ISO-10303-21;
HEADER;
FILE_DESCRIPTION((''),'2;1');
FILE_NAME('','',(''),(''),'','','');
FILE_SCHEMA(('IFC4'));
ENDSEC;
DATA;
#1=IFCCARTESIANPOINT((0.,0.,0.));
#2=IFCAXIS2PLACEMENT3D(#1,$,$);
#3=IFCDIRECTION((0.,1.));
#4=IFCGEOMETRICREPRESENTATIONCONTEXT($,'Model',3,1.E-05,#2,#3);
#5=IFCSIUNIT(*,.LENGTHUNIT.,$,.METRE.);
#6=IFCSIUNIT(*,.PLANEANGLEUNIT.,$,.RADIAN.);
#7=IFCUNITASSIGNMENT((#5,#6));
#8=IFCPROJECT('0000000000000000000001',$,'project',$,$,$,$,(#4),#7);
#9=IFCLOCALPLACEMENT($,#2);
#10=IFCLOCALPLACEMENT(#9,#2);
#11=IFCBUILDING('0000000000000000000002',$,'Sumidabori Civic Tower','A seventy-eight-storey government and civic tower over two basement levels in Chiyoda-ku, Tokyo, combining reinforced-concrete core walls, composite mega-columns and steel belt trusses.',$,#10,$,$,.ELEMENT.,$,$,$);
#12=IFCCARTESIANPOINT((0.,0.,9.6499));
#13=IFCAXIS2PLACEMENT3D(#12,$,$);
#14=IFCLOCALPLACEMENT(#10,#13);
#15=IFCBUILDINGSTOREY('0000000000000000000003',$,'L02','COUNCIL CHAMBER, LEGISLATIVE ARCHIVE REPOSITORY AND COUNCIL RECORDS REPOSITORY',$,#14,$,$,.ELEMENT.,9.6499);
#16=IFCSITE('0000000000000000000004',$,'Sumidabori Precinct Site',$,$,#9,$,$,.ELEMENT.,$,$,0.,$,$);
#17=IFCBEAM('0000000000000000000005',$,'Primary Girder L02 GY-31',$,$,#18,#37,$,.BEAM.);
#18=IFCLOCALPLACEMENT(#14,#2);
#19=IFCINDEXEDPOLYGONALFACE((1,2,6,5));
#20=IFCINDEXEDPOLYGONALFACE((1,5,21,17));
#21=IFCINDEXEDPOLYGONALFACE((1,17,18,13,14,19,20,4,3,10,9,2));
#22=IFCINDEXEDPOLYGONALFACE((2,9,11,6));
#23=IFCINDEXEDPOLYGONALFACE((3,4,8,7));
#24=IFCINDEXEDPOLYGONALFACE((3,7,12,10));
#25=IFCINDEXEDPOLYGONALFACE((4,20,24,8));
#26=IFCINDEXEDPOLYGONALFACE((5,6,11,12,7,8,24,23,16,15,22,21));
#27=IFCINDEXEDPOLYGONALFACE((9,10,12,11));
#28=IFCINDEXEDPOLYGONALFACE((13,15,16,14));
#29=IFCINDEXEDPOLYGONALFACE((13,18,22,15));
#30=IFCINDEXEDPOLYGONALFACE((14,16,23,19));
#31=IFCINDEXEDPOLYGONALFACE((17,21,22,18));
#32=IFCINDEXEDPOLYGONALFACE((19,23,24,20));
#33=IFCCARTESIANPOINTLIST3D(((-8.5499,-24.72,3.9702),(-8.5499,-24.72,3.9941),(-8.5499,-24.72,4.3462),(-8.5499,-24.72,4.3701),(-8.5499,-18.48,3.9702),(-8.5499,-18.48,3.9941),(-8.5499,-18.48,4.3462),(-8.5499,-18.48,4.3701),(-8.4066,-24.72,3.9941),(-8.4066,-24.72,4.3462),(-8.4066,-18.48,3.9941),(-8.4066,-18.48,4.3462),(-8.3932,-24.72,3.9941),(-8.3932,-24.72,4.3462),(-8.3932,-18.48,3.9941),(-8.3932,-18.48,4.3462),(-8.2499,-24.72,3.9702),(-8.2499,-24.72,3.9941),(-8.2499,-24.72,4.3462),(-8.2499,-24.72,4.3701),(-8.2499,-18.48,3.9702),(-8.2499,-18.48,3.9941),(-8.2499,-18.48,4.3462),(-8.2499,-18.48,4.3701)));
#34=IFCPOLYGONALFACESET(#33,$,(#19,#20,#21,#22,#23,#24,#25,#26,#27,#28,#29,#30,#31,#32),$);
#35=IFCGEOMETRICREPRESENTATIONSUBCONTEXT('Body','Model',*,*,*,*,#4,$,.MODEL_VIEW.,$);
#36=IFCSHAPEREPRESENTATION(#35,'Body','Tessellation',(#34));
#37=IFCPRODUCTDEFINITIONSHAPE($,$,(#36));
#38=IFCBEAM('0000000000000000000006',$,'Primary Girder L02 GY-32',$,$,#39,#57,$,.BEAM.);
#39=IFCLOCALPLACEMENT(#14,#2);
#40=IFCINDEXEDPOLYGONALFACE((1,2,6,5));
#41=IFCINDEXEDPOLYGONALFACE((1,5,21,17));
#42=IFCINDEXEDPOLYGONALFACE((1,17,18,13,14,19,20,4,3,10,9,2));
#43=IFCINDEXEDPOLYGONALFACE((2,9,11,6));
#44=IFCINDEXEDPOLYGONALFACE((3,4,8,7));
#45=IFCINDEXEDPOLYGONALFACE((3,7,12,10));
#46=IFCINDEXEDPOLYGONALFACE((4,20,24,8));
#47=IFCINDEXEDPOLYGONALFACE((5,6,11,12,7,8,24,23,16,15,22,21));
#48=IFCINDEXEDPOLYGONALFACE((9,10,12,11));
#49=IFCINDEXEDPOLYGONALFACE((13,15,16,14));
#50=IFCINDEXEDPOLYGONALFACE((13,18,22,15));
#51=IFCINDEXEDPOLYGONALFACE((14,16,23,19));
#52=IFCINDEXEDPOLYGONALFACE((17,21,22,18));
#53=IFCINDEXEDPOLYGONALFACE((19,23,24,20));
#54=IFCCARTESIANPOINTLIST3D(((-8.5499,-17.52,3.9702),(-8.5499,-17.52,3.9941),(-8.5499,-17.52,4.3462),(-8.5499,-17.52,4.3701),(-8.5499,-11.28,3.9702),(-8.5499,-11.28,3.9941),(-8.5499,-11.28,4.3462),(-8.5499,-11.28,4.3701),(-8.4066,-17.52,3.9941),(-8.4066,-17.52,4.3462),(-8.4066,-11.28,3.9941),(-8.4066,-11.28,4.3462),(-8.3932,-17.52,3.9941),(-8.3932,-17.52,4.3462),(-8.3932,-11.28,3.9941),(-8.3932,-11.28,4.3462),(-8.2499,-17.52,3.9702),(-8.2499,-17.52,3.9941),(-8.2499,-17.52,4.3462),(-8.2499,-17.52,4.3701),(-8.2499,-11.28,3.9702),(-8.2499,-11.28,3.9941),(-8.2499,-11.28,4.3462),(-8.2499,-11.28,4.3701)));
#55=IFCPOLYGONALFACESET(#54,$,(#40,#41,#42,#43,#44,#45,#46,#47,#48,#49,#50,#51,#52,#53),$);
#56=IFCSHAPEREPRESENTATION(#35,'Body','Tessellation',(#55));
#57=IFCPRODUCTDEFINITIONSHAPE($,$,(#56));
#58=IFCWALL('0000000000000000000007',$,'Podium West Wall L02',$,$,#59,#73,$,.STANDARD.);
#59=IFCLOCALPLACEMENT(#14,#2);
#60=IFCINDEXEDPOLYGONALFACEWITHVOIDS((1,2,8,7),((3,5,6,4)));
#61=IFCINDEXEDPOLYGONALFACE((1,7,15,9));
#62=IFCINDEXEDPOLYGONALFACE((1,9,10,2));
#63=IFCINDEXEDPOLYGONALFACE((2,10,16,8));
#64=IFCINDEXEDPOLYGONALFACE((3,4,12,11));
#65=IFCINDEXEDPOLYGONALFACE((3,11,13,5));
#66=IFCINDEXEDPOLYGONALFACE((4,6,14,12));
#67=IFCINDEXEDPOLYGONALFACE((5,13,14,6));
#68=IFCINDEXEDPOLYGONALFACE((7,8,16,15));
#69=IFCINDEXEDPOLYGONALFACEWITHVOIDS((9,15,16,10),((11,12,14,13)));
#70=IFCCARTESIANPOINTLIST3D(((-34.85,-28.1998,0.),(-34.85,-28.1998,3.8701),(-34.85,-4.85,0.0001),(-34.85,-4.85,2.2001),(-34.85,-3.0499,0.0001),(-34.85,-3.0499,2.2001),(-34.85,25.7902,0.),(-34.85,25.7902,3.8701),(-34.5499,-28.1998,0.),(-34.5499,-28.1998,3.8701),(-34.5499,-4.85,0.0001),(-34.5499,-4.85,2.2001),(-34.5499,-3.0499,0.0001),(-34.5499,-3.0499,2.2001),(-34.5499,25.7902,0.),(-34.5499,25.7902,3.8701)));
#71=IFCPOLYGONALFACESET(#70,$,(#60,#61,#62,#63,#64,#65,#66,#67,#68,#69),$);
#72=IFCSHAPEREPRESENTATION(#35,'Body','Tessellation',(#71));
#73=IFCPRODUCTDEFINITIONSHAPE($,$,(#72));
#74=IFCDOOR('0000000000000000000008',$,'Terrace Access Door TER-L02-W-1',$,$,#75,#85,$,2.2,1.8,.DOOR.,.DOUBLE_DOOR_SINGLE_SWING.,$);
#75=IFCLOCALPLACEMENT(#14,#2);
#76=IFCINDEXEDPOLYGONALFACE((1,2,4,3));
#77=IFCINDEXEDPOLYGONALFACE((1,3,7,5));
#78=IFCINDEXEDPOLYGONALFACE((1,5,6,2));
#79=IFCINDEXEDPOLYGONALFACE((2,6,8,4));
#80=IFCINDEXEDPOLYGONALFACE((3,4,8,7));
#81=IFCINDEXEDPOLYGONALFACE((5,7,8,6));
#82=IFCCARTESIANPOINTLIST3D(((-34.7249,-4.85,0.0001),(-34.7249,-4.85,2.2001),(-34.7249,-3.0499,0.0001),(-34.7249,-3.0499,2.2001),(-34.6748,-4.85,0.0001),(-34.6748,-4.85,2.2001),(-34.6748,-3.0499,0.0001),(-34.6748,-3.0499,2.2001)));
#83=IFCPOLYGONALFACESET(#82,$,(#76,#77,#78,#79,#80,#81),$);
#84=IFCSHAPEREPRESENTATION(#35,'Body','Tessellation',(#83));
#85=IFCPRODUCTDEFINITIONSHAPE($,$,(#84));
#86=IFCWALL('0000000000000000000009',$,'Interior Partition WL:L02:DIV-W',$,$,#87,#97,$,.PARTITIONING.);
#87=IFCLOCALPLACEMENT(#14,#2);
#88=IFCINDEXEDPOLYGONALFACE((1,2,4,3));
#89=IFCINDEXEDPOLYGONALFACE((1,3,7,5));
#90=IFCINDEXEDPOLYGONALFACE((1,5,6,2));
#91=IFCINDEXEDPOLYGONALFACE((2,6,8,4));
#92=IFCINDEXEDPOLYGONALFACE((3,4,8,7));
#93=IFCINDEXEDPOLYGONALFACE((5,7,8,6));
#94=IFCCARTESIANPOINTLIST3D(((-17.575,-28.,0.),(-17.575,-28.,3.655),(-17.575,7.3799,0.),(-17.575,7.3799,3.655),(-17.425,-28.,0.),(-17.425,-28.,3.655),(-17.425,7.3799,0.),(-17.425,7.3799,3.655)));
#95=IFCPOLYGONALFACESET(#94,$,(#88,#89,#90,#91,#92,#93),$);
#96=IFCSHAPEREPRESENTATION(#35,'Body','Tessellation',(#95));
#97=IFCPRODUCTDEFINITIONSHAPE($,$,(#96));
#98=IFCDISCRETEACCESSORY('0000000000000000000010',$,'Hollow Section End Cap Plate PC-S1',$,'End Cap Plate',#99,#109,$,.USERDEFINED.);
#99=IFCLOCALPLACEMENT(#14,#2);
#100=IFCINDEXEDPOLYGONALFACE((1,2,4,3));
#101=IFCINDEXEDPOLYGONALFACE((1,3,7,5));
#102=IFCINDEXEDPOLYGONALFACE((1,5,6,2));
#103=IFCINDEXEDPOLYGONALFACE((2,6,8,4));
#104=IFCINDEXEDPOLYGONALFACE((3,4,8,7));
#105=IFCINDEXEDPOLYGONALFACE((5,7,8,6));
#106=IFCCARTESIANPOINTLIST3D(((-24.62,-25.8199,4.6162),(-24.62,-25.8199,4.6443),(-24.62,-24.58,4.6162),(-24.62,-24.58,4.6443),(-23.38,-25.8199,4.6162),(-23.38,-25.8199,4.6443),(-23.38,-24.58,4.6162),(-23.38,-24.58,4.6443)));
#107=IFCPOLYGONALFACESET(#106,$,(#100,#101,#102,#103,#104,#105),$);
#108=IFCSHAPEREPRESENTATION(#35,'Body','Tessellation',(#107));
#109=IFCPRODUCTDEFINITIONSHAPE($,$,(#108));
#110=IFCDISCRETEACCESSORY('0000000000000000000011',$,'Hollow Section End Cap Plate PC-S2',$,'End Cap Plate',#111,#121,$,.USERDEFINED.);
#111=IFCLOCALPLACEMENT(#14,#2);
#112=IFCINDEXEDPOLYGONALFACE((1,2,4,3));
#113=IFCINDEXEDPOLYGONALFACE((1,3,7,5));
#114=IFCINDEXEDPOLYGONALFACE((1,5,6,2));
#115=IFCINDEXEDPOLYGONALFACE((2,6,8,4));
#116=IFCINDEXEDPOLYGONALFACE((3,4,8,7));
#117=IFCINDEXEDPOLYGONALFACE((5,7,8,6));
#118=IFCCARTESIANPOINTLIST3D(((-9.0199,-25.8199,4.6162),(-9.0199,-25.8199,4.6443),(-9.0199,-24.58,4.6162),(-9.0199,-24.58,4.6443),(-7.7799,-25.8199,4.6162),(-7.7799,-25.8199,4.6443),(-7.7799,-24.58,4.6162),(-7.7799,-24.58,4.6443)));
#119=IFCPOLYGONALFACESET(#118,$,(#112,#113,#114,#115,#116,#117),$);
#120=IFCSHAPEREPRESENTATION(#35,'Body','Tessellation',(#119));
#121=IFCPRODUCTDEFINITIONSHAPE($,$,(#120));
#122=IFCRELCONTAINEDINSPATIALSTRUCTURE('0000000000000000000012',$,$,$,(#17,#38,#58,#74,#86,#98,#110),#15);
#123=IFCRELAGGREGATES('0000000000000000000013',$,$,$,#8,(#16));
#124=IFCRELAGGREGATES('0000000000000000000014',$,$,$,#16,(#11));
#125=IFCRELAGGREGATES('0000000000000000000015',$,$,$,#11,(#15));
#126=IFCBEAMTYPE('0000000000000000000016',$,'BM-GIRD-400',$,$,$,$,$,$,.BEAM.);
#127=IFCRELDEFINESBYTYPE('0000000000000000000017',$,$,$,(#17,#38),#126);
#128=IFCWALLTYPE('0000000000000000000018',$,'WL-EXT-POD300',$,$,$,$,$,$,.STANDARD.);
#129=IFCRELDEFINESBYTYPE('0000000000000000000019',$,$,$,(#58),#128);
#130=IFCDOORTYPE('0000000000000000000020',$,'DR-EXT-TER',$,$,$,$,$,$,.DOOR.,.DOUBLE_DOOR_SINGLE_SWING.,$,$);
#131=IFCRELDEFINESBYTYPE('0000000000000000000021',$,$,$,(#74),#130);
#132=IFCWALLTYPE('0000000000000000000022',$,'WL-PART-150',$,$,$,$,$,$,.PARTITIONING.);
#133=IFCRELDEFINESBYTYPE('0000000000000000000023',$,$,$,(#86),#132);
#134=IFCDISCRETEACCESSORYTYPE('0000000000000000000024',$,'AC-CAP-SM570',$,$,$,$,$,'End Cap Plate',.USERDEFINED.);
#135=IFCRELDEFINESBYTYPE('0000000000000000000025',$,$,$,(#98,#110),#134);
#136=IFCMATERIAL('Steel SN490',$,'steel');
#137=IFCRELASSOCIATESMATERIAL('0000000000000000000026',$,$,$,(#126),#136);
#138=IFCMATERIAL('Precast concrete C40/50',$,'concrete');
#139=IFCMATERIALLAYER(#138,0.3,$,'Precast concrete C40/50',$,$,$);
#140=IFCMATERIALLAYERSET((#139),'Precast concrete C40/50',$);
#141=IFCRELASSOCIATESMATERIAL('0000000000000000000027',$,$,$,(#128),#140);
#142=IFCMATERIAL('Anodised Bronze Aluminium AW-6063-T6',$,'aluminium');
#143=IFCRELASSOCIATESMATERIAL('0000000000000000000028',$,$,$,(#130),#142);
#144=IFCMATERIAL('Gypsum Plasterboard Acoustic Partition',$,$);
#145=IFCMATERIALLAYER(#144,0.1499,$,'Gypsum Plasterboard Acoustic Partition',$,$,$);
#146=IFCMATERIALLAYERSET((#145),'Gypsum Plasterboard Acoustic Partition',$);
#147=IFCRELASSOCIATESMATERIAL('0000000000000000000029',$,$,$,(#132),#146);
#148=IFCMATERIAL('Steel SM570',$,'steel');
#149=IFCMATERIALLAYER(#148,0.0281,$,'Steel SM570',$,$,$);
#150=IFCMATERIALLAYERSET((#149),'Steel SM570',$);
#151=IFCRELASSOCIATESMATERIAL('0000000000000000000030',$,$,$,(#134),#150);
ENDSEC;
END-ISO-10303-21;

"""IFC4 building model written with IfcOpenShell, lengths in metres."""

from ifc_helpers import new_model, si_unit, direction, frame, frame_2d, origin, origin_2d, place, context, subcontext, project, spatial, rectangle, i_section, extrude, source, transform, mapped, material, layer, layer_set, material_profile, profile_set, type_object, element, fill, save


model = new_model("IFC4")

# Units and contexts
model_context = context("Model", 3, precision=1e-05, world=origin(), true_north=direction((0.0, 1.0)))
body_context = subcontext(model_context, "Body", "Model", "MODEL_VIEW")
ifc_project = project(units=[si_unit("LENGTHUNIT", "METRE"), si_unit("PLANEANGLEUNIT", "RADIAN")], contexts=[model_context])

# Site, building, storey
site_placement = place(None, origin())
site = spatial("IfcSite", under=ifc_project, at=site_placement, Name="Sumidabori Precinct Site", CompositionType="ELEMENT", RefElevation=0.0)
building_placement = place(site_placement, origin())
building = spatial("IfcBuilding", under=site, at=building_placement, Name="Sumidabori Civic Tower", Description="A seventy-eight-storey government and civic tower over two basement levels in Chiyoda-ku, Tokyo, combining reinforced-concrete core walls, composite mega-columns and steel belt trusses.", CompositionType="ELEMENT")
storey_placement = place(building_placement, frame((0.0, 0.0, 9.6499)))
storey = spatial("IfcBuildingStorey", under=building, at=storey_placement, Name="L02", Description="COUNCIL CHAMBER, LEGISLATIVE ARCHIVE REPOSITORY AND COUNCIL RECORDS REPOSITORY", CompositionType="ELEMENT", Elevation=9.6499)

# Shared definitions
ifc_material_1 = material(Name="Steel SM570", Category="steel")

# Beams
ifc_material_2 = material(Name="Steel SN490", Category="steel")
ifc_material_profile_1 = material_profile(ifc_material_2, i_section(OverallWidth=0.3, OverallDepth=0.3999, WebThickness=0.0134, FlangeThickness=0.0239, at=origin_2d()), Name="HE 400 B")
ifc_profile_set_1 = profile_set([ifc_material_profile_1], Name="Steel SN490")
beam_type_1 = type_object("IfcBeamType", Name="BM-GIRD-400", PredefinedType="BEAM", material=ifc_profile_set_1)
shared_shape_1 = source(origin(), body_context, "Body", "SweptSolid", [
    extrude(i_section(OverallWidth=0.3, OverallDepth=0.3999, WebThickness=0.0134, FlangeThickness=0.0239, at=origin_2d()), origin(), (0.0, 0.0, 1.0), 6.24),
])
for number, where, z_axis, x_axis, name in (
    (1, (-8.3999, -24.72, 4.1702), (0.0, 1.0, 0.0), (-1.0, 0.0, 0.0), "Primary Girder L02 GY-31"),
    (2, (-8.3999, -17.52, 4.1702), (0.0, 1.0, 0.0), (-1.0, 0.0, 0.0), "Primary Girder L02 GY-32"),
):
    element("IfcBeam", number, at=place(storey_placement, frame(where, z_axis=z_axis, x_axis=x_axis)), inside=storey, type_object=beam_type_1, Name=name, PredefinedType="BEAM", context=body_context, shape_type="MappedRepresentation", body=[
        mapped(shared_shape_1, transform((0.0, 0.0, 0.0), x_axis=(1.0, 0.0, 0.0), y_axis=(0.0, 1.0, 0.0), z_axis=(0.0, 0.0, 1.0), scale=1.0)),
    ])

# Wall, opening, door
ifc_material_3 = material(Name="Precast concrete C40/50", Category="concrete")
ifc_layer_1 = layer(ifc_material_3, 0.3, Name="Precast concrete C40/50")
ifc_layer_set_1 = layer_set([ifc_layer_1], Name="Precast concrete C40/50")
wall_type_1 = type_object("IfcWallType", Name="WL-EXT-POD300", PredefinedType="STANDARD", material=ifc_layer_set_1)
shared_shape_2 = source(origin(), body_context, "Body", "SweptSolid", [
    extrude(rectangle(XDim=53.99, YDim=0.3, at=frame_2d((26.9951, 0.0))), origin(), (0.0, 0.0, 1.0), 3.8701),
])
wall_1_placement = place(storey_placement, frame((-34.7, -28.2, 0.0), z_axis=(0.0, 0.0, 1.0), x_axis=(0.0, 1.0, 0.0)))
wall_1 = element("IfcWall", 3, at=wall_1_placement, inside=storey, type_object=wall_type_1, Name="Podium West Wall L02", PredefinedType="STANDARD", context=body_context, shape_type="MappedRepresentation", body=[
    mapped(shared_shape_2, transform((0.0, 0.0, 0.0), x_axis=(1.0, 0.0, 0.0), y_axis=(0.0, 1.0, 0.0), z_axis=(0.0, 0.0, 1.0), scale=1.0)),
])
opening_placement = place(wall_1_placement, frame((23.3501, 0.0, 0.0)))
opening = element("IfcOpeningElement", 4, at=opening_placement, cuts=wall_1, PredefinedType="OPENING", context=body_context, shape_type="SweptSolid", body=[
    extrude(rectangle(XDim=1.8, YDim=2.2, at=frame_2d((0.8999, 1.1001))), frame((0.0, 0.1621, 0.0), z_axis=(0.0, -1.0, 0.0), x_axis=(1.0, 0.0, 0.0)), (0.0, 0.0, 1.0), 0.324),
])
ifc_material_4 = material(Name="Anodised Bronze Aluminium AW-6063-T6", Category="aluminium")
door_type = type_object("IfcDoorType", Name="DR-EXT-TER", OperationType="DOUBLE_DOOR_SINGLE_SWING", PredefinedType="DOOR", material=ifc_material_4)
shared_shape_3 = source(origin(), body_context, "Body", "SweptSolid", [
    extrude(rectangle(XDim=1.8, YDim=2.2, at=frame_2d((0.8999, 1.1001))), frame((0.0, 0.0249, 0.0), z_axis=(0.0, -1.0, 0.0), x_axis=(1.0, 0.0, 0.0)), (0.0, 0.0, 1.0), 0.05),
])
door_placement = place(opening_placement, origin())
door = element("IfcDoor", 5, at=door_placement, inside=storey, type_object=door_type, Name="Terrace Access Door TER-L02-W-1", OperationType="DOUBLE_DOOR_SINGLE_SWING", OverallHeight=2.2, OverallWidth=1.8, PredefinedType="DOOR", context=body_context, shape_type="MappedRepresentation", body=[
    mapped(shared_shape_3, transform((0.0, 0.0, 0.0), x_axis=(1.0, 0.0, 0.0), y_axis=(0.0, 1.0, 0.0), z_axis=(0.0, 0.0, 1.0), scale=1.0)),
])
fill(opening, door)

# Wall
ifc_material_5 = material(Name="Gypsum Plasterboard Acoustic Partition")
ifc_layer_2 = layer(ifc_material_5, 0.1499, Name="Gypsum Plasterboard Acoustic Partition")
ifc_layer_set_2 = layer_set([ifc_layer_2], Name="Gypsum Plasterboard Acoustic Partition")
wall_type_2 = type_object("IfcWallType", Name="WL-PART-150", PredefinedType="PARTITIONING", material=ifc_layer_set_2)
shared_shape_4 = source(origin(), body_context, "Body", "SweptSolid", [
    extrude(rectangle(XDim=35.3799, YDim=0.1499, at=frame_2d((17.6899, 0.0))), origin(), (0.0, 0.0, 1.0), 3.655),
])
wall_2_placement = place(storey_placement, frame((-17.5, -28.0, 0.0), z_axis=(0.0, 0.0, 1.0), x_axis=(0.0, 1.0, 0.0)))
element("IfcWall", 6, at=wall_2_placement, inside=storey, type_object=wall_type_2, Name="Interior Partition WL:L02:DIV-W", PredefinedType="PARTITIONING", context=body_context, shape_type="MappedRepresentation", body=[
    mapped(shared_shape_4, transform((0.0, 0.0, 0.0), x_axis=(1.0, 0.0, 0.0), y_axis=(0.0, 1.0, 0.0), z_axis=(0.0, 0.0, 1.0), scale=1.0)),
])

# Discrete accessories
ifc_layer_3 = layer(ifc_material_1, 0.0281, Name="Steel SM570")
ifc_layer_set_3 = layer_set([ifc_layer_3], Name="Steel SM570")
discrete_accessory_type = type_object("IfcDiscreteAccessoryType", Name="AC-CAP-SM570", ElementType="End Cap Plate", PredefinedType="USERDEFINED", material=ifc_layer_set_3)
shared_shape_5 = source(origin(), body_context, "Body", "SweptSolid", [
    extrude(rectangle(XDim=1.24, YDim=1.24, at=origin_2d()), origin(), (0.0, 0.0, 1.0), 0.0281),
])
for number, where, z_axis, x_axis, name in (
    (7, (-24.0, -25.2, 4.6162), (0.0, 0.0, 1.0), (1.0, 0.0, 0.0), "Hollow Section End Cap Plate PC-S1"),
    (8, (-8.3999, -25.2, 4.6162), (0.0, 0.0, 1.0), (1.0, 0.0, 0.0), "Hollow Section End Cap Plate PC-S2"),
):
    element("IfcDiscreteAccessory", number, at=place(storey_placement, frame(where, z_axis=z_axis, x_axis=x_axis)), inside=storey, type_object=discrete_accessory_type, Name=name, ObjectType="End Cap Plate", PredefinedType="USERDEFINED", context=body_context, shape_type="MappedRepresentation", body=[
        mapped(shared_shape_5, transform((0.0, 0.0, 0.0), x_axis=(1.0, 0.0, 0.0), y_axis=(0.0, 1.0, 0.0), z_axis=(0.0, 0.0, 1.0), scale=1.0)),
    ])

save(model, "model.ifc")
